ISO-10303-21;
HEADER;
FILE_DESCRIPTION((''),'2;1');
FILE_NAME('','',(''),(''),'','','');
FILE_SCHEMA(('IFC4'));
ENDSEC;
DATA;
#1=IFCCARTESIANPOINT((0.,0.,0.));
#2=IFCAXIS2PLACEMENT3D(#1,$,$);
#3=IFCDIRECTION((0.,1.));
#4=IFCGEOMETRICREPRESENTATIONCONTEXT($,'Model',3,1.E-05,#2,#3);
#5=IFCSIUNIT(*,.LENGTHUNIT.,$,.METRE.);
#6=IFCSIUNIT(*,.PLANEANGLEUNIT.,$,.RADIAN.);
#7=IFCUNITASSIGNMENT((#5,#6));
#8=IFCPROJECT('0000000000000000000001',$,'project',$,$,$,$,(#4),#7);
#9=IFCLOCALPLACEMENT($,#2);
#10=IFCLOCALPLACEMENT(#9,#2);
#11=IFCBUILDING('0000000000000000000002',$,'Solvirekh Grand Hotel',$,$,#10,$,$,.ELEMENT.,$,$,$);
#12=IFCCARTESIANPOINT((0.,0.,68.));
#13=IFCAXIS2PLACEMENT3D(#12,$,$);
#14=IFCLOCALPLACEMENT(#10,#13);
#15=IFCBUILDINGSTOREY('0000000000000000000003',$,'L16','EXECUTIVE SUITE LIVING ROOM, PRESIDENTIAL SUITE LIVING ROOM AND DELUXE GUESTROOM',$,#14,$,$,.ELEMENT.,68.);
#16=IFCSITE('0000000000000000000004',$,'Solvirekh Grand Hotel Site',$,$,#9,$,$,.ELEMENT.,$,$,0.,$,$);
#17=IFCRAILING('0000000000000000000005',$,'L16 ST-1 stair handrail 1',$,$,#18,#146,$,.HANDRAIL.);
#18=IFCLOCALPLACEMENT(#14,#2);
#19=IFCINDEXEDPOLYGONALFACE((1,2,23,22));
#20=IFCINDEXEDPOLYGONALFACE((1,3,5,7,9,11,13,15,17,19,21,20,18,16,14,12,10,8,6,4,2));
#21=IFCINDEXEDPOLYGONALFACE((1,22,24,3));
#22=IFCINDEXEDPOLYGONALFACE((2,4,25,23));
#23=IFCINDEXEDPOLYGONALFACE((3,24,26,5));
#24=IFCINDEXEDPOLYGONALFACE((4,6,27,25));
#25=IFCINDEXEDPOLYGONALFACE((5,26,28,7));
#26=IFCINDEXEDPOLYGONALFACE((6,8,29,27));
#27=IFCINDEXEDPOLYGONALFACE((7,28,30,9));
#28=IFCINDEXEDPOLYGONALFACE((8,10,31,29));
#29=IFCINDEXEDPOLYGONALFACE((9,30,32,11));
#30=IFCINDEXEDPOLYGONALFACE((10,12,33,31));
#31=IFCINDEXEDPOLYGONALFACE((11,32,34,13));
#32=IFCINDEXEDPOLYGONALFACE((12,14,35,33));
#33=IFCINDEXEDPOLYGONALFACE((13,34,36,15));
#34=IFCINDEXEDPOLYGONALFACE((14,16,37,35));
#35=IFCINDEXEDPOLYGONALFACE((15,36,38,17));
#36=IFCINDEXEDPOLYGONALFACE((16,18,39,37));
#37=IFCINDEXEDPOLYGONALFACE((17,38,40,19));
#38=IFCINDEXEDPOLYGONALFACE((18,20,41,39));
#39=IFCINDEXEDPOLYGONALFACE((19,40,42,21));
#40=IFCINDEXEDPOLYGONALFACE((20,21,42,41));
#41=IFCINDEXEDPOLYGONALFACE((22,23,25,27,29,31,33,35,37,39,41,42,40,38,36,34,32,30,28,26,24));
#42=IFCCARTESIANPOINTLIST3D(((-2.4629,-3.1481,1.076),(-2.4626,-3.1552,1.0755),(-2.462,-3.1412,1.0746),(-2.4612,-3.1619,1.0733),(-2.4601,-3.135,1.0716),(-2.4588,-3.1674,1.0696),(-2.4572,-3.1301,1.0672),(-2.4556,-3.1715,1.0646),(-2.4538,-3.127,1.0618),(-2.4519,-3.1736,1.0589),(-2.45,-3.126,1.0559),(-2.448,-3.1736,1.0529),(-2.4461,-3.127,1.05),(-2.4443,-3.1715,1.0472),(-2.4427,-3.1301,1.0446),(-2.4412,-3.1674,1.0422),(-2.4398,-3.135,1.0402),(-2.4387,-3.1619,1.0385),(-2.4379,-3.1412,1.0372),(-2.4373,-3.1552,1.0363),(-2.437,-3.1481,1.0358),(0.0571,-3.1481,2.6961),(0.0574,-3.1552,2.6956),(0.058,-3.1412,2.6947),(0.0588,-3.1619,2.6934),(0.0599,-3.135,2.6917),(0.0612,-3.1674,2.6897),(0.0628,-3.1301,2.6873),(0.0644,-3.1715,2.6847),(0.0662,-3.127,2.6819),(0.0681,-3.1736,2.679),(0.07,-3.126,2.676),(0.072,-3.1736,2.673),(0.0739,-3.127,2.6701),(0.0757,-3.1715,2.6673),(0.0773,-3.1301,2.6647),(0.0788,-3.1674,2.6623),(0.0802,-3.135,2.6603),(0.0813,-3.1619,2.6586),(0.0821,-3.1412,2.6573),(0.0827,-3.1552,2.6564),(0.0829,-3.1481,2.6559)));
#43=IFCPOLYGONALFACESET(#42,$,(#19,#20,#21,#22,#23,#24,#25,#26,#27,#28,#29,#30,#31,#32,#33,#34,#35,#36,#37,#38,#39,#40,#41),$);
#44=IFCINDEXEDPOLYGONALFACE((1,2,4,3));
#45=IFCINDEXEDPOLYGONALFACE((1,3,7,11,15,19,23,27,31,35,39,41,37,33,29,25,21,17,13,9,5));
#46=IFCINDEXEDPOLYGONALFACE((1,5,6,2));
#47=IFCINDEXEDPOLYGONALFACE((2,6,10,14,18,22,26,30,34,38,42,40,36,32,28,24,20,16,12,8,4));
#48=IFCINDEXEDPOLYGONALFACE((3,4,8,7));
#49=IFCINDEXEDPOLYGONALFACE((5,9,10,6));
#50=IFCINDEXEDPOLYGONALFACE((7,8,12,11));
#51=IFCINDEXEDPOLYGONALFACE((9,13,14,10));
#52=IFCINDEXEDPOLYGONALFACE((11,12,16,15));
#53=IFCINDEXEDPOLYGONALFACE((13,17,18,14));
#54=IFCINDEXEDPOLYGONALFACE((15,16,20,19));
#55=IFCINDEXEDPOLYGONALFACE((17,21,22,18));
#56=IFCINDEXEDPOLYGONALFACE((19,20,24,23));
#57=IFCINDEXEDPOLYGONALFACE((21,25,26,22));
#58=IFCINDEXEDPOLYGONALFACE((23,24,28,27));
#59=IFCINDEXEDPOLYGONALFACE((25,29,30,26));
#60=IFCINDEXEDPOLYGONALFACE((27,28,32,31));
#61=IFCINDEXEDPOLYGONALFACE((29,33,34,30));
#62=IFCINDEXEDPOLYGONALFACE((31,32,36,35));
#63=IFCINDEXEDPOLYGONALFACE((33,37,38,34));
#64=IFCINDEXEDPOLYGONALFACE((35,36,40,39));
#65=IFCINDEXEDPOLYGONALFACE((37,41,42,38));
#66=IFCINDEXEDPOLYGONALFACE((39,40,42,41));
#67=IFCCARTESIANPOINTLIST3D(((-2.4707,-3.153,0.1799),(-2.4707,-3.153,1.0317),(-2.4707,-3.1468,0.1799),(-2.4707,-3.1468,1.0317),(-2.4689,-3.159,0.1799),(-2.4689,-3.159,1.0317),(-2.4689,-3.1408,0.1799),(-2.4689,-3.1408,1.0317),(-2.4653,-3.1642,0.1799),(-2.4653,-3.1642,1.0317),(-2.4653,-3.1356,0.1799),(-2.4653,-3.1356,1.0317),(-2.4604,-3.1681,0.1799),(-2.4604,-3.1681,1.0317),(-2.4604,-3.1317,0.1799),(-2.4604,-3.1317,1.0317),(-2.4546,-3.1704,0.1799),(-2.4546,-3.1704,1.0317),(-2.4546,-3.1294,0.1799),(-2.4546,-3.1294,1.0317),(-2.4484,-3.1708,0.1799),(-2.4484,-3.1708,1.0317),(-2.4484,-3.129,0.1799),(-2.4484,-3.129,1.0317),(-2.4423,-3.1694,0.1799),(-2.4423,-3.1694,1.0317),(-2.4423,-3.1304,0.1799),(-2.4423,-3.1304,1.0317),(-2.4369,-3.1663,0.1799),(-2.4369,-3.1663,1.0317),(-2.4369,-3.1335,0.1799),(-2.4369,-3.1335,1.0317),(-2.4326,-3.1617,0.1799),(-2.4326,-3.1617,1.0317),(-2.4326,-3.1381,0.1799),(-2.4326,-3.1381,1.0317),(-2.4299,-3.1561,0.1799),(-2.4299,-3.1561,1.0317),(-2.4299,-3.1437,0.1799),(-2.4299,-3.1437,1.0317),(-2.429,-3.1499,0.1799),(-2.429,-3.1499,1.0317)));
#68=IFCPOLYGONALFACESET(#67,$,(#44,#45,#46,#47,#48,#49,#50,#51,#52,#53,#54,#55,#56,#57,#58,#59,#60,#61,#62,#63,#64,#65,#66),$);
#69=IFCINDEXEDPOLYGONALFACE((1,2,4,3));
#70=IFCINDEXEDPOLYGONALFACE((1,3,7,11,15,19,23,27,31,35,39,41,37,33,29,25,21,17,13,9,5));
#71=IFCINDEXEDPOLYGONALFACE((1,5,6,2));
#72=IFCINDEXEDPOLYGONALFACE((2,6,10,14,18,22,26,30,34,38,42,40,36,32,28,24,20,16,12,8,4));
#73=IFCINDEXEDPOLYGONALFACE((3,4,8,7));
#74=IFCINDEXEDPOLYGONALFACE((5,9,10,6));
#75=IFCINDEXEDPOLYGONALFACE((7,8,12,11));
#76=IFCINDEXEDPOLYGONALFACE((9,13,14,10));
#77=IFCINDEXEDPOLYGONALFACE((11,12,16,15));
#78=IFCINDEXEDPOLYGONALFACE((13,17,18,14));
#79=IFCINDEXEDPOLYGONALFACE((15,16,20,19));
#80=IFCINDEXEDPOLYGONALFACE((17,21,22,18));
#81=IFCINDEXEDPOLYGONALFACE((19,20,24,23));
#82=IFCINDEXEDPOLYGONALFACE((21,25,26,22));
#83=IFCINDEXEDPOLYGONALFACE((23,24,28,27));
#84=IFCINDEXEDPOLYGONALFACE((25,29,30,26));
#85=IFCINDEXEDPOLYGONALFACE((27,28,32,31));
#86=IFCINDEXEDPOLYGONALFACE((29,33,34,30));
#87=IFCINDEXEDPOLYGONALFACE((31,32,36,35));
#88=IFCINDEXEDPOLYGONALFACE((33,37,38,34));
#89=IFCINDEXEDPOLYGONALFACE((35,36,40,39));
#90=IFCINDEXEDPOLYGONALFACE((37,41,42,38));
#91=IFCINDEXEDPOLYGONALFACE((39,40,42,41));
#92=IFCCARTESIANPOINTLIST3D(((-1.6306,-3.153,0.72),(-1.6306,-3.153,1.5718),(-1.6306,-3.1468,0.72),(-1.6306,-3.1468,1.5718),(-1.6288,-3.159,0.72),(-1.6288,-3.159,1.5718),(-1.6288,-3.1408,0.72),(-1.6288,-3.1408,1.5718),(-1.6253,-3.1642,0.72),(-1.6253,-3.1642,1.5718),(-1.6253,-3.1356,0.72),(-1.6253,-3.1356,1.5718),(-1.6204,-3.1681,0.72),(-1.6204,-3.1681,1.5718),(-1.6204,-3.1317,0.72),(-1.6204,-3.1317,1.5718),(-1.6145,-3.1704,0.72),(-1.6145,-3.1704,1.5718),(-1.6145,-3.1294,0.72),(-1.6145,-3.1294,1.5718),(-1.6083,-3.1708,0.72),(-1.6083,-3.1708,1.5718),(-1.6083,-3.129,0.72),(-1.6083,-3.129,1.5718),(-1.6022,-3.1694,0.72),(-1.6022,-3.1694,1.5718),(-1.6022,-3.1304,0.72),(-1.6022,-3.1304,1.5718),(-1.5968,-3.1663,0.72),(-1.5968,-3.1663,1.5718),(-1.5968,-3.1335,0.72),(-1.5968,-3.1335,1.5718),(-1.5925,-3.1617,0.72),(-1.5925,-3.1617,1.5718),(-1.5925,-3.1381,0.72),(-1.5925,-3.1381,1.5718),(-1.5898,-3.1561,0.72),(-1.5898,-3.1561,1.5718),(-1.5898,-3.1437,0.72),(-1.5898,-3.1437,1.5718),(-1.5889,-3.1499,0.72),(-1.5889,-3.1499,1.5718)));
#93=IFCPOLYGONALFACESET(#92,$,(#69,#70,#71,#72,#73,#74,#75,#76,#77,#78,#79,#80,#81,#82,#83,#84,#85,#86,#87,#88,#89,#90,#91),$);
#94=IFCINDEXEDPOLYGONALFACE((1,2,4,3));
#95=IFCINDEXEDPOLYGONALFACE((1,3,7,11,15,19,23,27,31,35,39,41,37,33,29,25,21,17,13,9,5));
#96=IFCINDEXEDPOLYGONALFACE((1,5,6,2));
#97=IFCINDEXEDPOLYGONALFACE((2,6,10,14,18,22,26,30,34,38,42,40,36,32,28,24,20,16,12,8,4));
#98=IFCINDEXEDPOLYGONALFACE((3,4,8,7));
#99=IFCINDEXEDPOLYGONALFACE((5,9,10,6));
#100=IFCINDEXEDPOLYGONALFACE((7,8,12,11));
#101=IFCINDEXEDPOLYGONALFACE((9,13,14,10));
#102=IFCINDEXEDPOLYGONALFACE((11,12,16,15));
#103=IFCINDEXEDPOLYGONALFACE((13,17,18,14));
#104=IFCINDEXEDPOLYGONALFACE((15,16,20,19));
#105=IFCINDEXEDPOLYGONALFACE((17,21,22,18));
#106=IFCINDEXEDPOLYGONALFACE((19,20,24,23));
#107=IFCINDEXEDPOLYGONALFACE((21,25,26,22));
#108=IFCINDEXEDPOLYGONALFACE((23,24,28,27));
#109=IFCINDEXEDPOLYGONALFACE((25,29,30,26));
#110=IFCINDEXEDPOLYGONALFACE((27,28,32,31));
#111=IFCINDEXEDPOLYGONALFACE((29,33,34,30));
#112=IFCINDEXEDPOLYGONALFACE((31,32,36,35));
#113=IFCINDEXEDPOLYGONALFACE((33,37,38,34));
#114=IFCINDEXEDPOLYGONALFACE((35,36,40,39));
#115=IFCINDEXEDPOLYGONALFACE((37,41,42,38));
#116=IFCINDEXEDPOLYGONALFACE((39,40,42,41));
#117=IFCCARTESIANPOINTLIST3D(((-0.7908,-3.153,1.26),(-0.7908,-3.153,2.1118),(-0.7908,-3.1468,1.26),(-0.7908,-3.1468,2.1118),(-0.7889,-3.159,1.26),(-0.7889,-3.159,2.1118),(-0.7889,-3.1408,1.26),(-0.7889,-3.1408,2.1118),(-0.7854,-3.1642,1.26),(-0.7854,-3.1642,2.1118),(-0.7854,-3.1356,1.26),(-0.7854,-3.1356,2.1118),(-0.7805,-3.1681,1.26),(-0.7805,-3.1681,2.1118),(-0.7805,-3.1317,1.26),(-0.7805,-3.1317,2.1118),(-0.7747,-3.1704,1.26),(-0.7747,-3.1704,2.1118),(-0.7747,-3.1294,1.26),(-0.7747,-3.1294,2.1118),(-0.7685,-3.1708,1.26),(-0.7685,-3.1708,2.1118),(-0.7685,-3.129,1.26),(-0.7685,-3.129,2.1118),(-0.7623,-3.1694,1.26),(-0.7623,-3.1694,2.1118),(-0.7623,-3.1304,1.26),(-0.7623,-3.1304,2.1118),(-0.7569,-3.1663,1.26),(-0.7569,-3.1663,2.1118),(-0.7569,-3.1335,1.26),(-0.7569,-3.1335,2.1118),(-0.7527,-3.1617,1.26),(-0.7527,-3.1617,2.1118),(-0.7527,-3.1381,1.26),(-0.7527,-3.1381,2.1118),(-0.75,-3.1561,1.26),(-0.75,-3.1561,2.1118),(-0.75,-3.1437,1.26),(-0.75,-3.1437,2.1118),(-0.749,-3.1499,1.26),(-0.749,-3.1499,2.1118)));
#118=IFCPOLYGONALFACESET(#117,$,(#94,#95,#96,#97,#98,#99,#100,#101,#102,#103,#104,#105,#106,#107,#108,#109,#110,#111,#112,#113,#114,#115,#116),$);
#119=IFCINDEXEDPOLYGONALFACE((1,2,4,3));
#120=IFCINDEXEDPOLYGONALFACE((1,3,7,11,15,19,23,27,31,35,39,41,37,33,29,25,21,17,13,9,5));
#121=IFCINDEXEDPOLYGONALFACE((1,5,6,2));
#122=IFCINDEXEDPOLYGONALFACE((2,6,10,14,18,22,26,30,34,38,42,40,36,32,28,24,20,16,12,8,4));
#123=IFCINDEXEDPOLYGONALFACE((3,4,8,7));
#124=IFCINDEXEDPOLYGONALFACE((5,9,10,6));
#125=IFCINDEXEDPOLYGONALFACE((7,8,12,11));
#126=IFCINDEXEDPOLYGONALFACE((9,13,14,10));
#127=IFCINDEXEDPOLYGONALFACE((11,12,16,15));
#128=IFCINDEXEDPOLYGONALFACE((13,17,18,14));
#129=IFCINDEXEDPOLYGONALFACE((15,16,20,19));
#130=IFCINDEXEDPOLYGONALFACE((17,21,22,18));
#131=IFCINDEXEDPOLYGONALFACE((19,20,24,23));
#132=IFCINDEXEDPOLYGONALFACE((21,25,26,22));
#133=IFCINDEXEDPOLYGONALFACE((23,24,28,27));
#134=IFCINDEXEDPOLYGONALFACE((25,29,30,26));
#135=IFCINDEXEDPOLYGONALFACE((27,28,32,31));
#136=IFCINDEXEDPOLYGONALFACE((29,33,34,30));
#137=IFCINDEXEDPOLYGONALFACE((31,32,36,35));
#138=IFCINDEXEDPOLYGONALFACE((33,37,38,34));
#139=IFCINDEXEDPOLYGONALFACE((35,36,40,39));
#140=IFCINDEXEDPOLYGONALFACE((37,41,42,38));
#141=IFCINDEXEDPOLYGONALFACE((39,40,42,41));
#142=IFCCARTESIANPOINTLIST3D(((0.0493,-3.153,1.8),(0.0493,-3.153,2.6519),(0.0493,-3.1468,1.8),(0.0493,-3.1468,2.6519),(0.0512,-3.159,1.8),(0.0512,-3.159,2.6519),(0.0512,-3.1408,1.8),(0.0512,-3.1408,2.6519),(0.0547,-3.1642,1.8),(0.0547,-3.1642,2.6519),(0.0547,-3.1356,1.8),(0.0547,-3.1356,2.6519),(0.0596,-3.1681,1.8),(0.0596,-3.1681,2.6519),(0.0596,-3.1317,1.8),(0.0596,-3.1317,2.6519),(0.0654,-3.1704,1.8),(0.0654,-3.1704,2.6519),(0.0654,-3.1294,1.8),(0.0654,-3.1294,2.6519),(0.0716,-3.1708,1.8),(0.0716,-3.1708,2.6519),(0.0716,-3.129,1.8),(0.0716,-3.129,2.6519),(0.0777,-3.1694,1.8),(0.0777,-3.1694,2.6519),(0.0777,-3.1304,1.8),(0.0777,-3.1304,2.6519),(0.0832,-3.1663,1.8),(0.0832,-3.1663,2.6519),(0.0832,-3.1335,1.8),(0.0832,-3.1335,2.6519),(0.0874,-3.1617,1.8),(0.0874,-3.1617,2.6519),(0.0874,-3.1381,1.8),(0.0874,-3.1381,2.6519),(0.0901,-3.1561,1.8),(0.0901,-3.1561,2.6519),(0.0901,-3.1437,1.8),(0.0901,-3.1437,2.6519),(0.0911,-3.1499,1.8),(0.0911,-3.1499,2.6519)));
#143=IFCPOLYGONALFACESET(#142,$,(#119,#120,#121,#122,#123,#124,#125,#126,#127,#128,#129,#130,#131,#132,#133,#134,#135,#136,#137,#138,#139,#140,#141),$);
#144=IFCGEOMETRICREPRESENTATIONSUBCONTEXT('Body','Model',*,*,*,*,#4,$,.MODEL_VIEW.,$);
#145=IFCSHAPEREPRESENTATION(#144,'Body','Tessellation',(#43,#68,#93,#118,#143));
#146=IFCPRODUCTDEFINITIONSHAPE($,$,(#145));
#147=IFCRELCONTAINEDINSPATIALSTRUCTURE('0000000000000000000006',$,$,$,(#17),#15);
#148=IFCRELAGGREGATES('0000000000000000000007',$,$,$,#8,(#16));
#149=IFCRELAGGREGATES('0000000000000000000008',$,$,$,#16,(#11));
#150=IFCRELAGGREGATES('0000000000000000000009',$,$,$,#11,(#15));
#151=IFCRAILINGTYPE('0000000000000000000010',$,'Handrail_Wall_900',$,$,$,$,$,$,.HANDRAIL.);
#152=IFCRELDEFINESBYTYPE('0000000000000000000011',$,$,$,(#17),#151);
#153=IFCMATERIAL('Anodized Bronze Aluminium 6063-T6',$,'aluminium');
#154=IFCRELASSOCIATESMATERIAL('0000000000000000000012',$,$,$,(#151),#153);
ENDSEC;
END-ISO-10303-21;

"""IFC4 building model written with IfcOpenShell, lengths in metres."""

from ifc_helpers import new_model, si_unit, direction, frame, origin, origin_2d, place, context, subcontext, project, spatial, circle, extrude, material, type_object, element, save


model = new_model("IFC4")

# Units and contexts
model_context = context("Model", 3, precision=1e-05, world=origin(), true_north=direction((0.0, 1.0)))
body_context = subcontext(model_context, "Body", "Model", "MODEL_VIEW")
ifc_project = project(units=[si_unit("LENGTHUNIT", "METRE"), si_unit("PLANEANGLEUNIT", "RADIAN")], contexts=[model_context])

# Site, building, storey
site_placement = place(None, origin())
site = spatial("IfcSite", under=ifc_project, at=site_placement, Name="Solvirekh Grand Hotel Site", CompositionType="ELEMENT", RefElevation=0.0)
building_placement = place(site_placement, origin())
building = spatial("IfcBuilding", under=site, at=building_placement, Name="Solvirekh Grand Hotel", CompositionType="ELEMENT")
storey_placement = place(building_placement, frame((0.0, 0.0, 68.0)))
storey = spatial("IfcBuildingStorey", under=building, at=storey_placement, Name="L16", Description="EXECUTIVE SUITE LIVING ROOM, PRESIDENTIAL SUITE LIVING ROOM AND DELUXE GUESTROOM", CompositionType="ELEMENT", Elevation=68.0)

# Shared definitions
ifc_material_1 = material(Name="Anodized Bronze Aluminium 6063-T6", Category="aluminium")

# Railing
railing_type_1 = type_object("IfcRailingType", Name="Handrail_Wall_900", PredefinedType="HANDRAIL", material=ifc_material_1)
railing_1_placement = place(storey_placement, frame((-2.45, -3.1499, 0.1799)))
element("IfcRailing", 1, at=railing_1_placement, inside=storey, type_object=railing_type_1, Name="L16 ST-1 stair handrail 1", PredefinedType="HANDRAIL", context=body_context, shape_type="SweptSolid", body=[
    extrude(circle(Radius=0.0239, at=origin_2d()), frame((0.0, 0.0, 0.876), z_axis=(0.841163, 0.0, 0.540782), x_axis=(0.0, 1.0, 0.0)), (0.0, 0.0, 1.0), 2.9958),
    extrude(circle(Radius=0.021, at=origin_2d()), origin(), (0.0, 0.0, 1.0), 0.8518),
    extrude(circle(Radius=0.021, at=origin_2d()), frame((0.8401, 0.0, 0.54)), (0.0, 0.0, 1.0), 0.8518),
    extrude(circle(Radius=0.021, at=origin_2d()), frame((1.6799, 0.0, 1.0801)), (0.0, 0.0, 1.0), 0.8518),
    extrude(circle(Radius=0.021, at=origin_2d()), frame((2.52, 0.0, 1.6201)), (0.0, 0.0, 1.0), 0.8518),
])

save(model, "model.ifc")
